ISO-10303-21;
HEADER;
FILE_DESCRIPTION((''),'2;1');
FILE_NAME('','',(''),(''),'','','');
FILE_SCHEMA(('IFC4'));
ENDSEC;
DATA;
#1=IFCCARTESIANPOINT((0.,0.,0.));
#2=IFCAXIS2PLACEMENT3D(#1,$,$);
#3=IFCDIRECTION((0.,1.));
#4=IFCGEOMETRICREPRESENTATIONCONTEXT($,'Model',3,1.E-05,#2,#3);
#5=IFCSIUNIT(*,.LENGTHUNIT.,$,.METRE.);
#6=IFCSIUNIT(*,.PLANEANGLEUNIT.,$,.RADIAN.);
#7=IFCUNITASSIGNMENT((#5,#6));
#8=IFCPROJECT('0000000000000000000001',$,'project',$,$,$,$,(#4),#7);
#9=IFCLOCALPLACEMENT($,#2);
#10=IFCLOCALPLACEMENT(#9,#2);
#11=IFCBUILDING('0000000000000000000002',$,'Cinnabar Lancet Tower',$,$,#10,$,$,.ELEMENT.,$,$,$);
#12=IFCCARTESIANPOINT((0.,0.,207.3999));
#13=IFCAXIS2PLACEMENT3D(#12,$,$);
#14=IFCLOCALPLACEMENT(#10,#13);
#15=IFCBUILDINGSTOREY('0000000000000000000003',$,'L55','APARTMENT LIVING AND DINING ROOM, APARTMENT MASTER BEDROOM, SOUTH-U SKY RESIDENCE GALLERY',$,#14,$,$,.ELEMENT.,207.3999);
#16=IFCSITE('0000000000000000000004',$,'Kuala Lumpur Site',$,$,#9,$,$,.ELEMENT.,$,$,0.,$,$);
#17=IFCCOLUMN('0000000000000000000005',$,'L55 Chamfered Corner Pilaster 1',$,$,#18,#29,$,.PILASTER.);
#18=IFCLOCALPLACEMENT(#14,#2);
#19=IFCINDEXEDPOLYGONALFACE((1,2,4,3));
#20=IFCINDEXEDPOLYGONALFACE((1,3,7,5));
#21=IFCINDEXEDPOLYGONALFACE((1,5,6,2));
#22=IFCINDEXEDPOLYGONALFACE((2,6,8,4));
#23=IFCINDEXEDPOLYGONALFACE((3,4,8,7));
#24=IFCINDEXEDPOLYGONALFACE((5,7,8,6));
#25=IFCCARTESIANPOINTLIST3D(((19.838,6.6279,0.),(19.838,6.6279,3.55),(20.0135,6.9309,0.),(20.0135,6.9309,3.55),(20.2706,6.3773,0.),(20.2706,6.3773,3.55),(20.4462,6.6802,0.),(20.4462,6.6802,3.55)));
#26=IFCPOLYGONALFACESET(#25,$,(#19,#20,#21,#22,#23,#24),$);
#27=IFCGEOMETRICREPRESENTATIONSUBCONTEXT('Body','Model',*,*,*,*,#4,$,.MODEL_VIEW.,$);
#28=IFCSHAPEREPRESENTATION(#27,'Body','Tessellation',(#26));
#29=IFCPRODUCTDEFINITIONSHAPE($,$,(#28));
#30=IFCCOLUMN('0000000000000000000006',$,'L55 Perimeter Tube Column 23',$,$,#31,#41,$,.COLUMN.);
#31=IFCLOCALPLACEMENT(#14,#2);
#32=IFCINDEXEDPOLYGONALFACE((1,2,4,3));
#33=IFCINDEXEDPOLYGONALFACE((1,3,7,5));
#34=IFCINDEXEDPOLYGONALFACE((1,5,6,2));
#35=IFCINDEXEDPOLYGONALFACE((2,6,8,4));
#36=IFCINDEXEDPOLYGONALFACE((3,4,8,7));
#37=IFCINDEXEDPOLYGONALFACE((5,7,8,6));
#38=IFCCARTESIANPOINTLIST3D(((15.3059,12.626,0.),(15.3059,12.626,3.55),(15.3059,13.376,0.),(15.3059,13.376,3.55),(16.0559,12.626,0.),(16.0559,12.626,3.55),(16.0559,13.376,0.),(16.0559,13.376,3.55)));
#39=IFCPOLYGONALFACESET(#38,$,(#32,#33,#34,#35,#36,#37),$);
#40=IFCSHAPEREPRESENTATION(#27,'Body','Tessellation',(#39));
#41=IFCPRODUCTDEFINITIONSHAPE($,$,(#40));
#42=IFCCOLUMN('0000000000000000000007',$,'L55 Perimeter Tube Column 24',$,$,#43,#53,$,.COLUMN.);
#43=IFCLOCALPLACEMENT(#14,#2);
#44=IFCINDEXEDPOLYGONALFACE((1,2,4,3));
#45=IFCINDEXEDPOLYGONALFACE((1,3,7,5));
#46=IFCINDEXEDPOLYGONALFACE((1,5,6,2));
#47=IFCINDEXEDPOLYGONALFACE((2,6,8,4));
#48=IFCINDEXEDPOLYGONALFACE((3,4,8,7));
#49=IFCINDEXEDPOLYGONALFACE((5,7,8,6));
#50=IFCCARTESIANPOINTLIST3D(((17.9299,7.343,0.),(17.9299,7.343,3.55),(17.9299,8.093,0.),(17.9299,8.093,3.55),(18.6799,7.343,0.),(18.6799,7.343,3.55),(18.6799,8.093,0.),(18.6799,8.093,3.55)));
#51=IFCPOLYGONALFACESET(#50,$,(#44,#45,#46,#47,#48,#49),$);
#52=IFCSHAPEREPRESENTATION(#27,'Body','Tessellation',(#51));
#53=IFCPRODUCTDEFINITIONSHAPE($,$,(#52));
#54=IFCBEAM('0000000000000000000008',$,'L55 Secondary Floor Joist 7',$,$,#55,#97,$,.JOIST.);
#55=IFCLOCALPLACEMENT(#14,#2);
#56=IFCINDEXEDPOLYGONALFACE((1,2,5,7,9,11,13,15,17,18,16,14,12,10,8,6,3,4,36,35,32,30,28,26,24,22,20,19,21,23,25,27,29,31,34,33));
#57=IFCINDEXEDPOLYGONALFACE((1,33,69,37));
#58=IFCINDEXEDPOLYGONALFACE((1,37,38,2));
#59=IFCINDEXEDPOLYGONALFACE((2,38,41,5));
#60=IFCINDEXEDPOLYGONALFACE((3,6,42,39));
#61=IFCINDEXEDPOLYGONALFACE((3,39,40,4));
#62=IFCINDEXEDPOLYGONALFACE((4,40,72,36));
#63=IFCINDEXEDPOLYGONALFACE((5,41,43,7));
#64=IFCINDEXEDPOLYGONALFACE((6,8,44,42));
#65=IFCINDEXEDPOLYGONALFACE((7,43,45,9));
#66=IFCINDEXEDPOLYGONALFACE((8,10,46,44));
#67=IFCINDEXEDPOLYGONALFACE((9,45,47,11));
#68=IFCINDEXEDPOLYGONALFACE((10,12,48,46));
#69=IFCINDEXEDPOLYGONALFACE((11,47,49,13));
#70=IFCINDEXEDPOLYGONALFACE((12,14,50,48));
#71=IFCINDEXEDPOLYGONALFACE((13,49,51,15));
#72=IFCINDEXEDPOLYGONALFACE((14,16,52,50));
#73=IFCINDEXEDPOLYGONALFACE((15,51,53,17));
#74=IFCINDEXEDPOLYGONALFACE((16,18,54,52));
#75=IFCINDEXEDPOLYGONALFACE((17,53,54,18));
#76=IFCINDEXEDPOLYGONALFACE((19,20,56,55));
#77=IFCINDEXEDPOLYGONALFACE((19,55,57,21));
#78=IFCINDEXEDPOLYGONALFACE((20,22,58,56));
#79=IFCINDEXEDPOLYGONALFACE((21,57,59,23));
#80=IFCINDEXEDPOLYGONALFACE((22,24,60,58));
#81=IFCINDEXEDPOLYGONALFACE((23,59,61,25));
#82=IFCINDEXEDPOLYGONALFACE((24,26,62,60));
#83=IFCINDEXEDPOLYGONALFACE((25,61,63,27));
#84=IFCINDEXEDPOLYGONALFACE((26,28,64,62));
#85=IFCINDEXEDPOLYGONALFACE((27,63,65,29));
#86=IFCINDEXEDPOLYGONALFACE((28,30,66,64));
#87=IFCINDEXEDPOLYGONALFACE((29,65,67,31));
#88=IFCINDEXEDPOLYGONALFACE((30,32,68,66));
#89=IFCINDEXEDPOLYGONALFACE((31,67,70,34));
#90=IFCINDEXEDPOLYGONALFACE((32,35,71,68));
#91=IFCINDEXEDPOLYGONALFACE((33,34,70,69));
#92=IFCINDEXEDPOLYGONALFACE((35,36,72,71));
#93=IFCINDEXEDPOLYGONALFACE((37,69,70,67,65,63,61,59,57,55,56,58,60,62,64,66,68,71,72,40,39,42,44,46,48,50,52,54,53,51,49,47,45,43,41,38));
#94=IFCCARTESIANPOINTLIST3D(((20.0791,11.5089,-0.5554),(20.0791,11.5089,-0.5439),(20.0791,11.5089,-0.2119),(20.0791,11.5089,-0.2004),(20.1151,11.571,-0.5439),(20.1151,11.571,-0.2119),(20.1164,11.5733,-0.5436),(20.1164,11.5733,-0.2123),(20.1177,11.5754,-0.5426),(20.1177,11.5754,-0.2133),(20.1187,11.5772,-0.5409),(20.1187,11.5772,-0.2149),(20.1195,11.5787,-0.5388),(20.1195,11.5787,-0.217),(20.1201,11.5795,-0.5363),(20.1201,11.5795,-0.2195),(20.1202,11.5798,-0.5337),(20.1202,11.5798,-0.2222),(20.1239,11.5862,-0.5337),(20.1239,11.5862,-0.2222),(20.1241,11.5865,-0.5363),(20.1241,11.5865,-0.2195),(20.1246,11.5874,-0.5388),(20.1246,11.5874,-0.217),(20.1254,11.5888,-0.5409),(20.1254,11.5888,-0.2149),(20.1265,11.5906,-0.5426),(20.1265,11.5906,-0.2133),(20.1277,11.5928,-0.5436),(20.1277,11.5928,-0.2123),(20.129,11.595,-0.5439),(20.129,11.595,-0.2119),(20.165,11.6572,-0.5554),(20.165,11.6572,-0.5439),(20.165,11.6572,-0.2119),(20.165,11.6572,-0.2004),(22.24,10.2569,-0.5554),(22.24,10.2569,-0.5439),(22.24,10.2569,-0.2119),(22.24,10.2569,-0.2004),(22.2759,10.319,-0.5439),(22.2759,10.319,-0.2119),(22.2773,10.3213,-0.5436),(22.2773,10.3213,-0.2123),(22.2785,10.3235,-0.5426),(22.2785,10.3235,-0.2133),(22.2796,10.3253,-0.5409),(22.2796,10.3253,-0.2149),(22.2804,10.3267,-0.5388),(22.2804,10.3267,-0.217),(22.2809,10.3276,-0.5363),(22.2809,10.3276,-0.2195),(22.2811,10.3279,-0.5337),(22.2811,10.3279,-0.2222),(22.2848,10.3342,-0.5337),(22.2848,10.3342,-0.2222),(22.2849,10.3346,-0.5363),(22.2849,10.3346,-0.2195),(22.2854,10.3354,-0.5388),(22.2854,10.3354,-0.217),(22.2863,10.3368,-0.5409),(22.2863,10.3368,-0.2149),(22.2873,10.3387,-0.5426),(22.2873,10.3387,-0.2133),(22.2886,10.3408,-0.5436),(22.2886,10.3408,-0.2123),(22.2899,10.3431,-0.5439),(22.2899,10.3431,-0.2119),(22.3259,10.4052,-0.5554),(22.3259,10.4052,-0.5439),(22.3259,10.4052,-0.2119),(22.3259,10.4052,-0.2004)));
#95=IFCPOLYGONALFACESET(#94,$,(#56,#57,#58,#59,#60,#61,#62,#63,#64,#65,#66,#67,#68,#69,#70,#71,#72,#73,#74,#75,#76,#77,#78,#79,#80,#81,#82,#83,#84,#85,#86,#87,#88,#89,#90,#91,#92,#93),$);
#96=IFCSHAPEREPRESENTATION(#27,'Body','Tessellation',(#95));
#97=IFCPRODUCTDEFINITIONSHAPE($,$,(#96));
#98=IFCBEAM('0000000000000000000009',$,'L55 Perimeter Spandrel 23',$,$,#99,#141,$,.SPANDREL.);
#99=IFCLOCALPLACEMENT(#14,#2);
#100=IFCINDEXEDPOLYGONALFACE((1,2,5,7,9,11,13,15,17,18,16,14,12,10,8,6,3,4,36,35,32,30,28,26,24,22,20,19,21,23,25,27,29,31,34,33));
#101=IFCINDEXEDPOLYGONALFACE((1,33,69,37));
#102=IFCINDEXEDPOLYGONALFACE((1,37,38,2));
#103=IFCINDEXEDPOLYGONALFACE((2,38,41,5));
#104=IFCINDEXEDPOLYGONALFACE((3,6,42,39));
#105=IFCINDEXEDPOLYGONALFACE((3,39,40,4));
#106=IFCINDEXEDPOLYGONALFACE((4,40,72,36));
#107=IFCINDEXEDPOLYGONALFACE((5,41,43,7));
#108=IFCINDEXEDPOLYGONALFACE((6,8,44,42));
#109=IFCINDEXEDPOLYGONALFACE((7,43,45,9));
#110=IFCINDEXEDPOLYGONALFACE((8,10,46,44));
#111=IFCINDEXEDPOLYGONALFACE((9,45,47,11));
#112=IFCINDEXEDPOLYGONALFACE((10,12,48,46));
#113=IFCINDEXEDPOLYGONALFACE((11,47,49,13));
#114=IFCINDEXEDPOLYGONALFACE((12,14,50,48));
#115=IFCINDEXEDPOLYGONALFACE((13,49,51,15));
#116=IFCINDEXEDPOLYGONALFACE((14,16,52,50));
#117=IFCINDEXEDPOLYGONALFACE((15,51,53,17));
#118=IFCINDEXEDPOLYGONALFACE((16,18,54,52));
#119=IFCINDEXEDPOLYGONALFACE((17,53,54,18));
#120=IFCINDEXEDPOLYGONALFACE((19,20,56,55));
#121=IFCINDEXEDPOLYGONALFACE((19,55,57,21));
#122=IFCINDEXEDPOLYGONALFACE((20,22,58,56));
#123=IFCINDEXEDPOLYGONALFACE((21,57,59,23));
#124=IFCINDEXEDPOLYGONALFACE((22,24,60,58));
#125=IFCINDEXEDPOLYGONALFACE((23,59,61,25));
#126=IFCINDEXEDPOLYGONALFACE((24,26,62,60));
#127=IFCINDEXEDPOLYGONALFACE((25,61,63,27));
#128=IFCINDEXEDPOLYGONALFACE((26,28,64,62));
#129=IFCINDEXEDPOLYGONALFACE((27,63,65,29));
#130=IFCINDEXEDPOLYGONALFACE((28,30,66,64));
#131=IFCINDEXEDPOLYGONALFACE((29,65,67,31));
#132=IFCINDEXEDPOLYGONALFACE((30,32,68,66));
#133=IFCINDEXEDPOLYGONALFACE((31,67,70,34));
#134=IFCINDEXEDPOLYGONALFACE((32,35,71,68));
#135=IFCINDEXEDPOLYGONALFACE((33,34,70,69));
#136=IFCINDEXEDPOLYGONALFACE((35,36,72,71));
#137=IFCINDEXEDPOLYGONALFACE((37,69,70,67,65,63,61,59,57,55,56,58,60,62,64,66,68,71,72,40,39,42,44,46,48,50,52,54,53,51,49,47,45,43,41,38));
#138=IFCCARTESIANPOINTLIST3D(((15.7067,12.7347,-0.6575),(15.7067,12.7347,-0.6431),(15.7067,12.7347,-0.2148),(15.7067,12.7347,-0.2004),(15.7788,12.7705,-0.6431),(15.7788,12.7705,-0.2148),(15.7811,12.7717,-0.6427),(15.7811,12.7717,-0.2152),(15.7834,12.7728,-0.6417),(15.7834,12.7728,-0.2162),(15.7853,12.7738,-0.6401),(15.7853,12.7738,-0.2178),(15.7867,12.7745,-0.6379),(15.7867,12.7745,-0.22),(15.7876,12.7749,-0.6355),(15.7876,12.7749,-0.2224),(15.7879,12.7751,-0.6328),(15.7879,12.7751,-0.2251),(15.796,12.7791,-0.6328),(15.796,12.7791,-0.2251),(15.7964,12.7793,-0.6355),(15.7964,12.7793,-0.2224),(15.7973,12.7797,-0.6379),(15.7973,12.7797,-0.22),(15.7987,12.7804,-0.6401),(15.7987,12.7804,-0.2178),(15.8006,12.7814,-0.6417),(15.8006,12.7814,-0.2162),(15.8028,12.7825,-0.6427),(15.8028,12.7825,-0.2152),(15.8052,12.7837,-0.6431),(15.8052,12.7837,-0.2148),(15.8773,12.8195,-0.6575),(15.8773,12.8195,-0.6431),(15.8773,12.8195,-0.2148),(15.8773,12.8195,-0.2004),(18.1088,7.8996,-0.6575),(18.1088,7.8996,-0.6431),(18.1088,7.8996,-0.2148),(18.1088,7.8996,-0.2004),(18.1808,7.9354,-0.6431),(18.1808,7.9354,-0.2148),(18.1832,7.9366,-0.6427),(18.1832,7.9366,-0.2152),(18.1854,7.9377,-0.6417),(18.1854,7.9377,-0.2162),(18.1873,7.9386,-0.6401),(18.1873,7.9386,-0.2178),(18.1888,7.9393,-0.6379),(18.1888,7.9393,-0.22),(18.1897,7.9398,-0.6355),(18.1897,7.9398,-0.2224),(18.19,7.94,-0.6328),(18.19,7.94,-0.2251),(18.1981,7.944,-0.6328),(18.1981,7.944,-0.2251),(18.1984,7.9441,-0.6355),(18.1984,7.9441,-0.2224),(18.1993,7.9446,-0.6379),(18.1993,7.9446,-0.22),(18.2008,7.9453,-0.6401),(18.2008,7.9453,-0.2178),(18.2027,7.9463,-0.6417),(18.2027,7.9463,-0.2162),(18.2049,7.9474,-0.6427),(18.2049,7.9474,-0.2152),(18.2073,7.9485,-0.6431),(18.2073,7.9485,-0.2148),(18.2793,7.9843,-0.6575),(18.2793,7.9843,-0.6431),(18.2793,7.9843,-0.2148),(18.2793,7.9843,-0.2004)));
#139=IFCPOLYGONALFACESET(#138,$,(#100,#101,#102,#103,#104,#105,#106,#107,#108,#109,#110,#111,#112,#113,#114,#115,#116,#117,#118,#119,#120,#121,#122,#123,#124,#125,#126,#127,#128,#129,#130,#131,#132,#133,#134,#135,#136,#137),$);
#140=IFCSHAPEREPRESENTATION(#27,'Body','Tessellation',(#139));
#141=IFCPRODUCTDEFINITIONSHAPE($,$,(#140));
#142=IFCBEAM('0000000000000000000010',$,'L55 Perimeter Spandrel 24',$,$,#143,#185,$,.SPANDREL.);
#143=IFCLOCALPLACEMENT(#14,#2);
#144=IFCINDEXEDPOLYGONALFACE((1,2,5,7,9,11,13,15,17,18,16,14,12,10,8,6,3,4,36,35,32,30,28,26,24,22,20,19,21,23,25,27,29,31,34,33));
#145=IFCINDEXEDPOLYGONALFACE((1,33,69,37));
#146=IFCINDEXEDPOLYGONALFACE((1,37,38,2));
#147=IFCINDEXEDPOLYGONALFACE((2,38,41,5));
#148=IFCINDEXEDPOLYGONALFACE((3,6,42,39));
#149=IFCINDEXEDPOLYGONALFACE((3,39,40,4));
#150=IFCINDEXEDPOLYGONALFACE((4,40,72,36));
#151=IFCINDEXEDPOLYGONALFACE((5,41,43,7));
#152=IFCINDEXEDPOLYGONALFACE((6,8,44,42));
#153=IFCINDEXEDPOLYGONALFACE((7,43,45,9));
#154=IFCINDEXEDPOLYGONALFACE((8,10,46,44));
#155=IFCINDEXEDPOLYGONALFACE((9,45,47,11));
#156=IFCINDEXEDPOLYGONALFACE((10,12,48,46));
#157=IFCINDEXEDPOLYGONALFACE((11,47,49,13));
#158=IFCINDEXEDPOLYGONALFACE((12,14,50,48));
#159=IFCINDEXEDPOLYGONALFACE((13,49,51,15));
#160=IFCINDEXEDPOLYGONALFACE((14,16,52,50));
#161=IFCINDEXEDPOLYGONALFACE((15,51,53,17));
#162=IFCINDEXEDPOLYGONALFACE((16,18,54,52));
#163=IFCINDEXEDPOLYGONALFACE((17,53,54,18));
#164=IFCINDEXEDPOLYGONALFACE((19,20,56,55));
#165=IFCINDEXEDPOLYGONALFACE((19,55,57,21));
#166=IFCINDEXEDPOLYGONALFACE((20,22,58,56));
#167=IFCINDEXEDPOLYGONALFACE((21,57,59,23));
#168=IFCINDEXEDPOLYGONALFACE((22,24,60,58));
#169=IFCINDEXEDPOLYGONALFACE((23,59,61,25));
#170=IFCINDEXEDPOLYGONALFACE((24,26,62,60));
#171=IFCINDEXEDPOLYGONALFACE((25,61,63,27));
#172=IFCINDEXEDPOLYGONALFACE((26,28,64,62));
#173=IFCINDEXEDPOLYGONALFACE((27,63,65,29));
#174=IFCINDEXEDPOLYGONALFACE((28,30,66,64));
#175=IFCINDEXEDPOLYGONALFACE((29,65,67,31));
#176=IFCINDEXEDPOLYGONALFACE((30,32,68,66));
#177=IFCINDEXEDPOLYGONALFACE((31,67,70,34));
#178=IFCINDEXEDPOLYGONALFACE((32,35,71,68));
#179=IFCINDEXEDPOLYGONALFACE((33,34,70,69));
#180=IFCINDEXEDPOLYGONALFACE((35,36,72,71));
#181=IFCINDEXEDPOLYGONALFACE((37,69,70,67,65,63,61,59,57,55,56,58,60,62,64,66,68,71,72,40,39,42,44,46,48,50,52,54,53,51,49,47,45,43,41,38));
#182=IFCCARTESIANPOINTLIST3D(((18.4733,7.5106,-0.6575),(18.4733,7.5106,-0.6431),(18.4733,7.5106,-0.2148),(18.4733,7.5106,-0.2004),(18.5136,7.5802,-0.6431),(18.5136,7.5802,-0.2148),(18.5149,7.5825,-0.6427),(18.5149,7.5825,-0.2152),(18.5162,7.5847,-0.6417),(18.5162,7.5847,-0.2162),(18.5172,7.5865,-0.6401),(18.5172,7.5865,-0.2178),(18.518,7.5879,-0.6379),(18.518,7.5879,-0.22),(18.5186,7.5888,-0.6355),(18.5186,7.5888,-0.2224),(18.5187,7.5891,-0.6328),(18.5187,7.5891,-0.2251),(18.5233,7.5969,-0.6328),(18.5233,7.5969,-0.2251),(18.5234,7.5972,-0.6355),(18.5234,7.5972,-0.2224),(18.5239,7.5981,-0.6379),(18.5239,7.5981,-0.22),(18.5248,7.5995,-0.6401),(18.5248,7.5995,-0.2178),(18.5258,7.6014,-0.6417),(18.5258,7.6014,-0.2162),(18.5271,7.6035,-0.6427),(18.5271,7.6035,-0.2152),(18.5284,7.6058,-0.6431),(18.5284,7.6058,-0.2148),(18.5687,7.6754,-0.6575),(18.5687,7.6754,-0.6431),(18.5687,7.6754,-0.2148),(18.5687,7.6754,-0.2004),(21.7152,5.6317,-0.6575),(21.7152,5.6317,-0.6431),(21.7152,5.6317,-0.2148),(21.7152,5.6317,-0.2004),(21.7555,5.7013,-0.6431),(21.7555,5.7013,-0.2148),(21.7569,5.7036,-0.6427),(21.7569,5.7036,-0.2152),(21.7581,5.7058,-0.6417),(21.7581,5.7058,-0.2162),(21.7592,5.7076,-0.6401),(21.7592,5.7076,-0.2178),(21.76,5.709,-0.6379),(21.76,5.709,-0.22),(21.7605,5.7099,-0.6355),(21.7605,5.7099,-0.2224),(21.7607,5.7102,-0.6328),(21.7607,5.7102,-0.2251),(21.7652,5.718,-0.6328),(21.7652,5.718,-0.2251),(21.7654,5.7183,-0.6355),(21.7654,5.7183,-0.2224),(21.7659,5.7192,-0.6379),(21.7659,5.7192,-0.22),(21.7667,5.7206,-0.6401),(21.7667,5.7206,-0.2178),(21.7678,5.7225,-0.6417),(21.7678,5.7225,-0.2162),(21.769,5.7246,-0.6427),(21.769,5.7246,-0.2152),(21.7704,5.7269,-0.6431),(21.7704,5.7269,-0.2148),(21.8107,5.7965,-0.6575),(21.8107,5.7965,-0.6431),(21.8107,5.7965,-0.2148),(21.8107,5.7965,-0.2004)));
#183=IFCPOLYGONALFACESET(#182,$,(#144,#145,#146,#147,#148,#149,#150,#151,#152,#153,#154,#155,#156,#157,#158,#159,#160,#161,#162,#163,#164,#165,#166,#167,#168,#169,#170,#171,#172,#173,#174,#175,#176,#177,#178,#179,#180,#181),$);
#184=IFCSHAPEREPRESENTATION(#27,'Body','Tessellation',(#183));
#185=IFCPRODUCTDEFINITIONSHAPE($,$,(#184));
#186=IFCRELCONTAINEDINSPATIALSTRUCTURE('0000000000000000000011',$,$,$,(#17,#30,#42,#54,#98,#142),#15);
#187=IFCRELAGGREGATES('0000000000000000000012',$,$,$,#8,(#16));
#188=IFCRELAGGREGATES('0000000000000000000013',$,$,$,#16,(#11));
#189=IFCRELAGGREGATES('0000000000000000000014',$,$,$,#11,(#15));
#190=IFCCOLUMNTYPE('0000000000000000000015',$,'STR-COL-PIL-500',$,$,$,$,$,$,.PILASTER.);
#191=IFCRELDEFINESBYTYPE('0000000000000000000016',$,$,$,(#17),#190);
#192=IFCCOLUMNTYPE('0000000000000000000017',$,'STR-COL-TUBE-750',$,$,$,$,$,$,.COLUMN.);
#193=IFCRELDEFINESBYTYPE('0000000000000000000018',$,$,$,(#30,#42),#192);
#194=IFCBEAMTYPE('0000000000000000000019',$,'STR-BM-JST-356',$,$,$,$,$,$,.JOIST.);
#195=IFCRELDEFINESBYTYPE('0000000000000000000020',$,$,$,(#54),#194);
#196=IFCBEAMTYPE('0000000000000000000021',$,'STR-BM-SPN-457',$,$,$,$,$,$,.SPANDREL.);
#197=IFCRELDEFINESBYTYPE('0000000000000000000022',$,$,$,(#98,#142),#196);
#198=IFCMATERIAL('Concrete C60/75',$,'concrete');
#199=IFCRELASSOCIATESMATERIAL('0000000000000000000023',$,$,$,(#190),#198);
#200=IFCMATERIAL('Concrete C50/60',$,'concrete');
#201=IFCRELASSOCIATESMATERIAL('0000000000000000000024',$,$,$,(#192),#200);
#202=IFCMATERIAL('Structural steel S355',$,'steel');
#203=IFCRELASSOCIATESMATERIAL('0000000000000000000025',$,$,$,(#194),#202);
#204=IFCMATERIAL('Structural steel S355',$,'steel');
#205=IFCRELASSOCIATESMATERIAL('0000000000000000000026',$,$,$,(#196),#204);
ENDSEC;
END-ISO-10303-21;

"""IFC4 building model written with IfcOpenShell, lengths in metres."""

from ifc_helpers import new_model, si_unit, direction, frame, origin, origin_2d, place, context, subcontext, project, spatial, rectangle, i_section, extrude, material, material_profile, profile_set, type_object, element, save


model = new_model("IFC4")

# Units and contexts
model_context = context("Model", 3, precision=1e-05, world=origin(), true_north=direction((0.0, 1.0)))
body_context = subcontext(model_context, "Body", "Model", "MODEL_VIEW")
ifc_project = project(units=[si_unit("LENGTHUNIT", "METRE"), si_unit("PLANEANGLEUNIT", "RADIAN")], contexts=[model_context])

# Site, building, storey
site_placement = place(None, origin())
site = spatial("IfcSite", under=ifc_project, at=site_placement, Name="Kuala Lumpur Site", CompositionType="ELEMENT", RefElevation=0.0)
building_placement = place(site_placement, origin())
building = spatial("IfcBuilding", under=site, at=building_placement, Name="Cinnabar Lancet Tower", CompositionType="ELEMENT")
storey_placement = place(building_placement, frame((0.0, 0.0, 207.3999)))
storey = spatial("IfcBuildingStorey", under=building, at=storey_placement, Name="L55", Description="APARTMENT LIVING AND DINING ROOM, APARTMENT MASTER BEDROOM, SOUTH-U SKY RESIDENCE GALLERY", CompositionType="ELEMENT", Elevation=207.3999)

# Columns
ifc_material_1 = material(Name="Concrete C60/75", Category="concrete")
ifc_material_profile_1 = material_profile(ifc_material_1, rectangle(XDim=0.5, YDim=0.3501, at=origin_2d()), Name="RC-PIL 500x350")
ifc_profile_set_1 = profile_set([ifc_material_profile_1], Name="Concrete C60/75")
column_type_1 = type_object("IfcColumnType", Name="STR-COL-PIL-500", PredefinedType="PILASTER", material=ifc_profile_set_1)
column_placement = place(storey_placement, frame((20.1421, 6.6541, 0.0), z_axis=(0.0, 0.0, 1.0), x_axis=(0.86523, -0.501375, 0.0)))
element("IfcColumn", 1, at=column_placement, inside=storey, type_object=column_type_1, Name="L55 Chamfered Corner Pilaster 1", PredefinedType="PILASTER", context=body_context, shape_type="SweptSolid", body=[
    extrude(rectangle(XDim=0.5, YDim=0.3501, at=origin_2d()), origin(), (0.0, 0.0, 1.0), 3.55),
])
ifc_material_2 = material(Name="Concrete C50/60", Category="concrete")
ifc_material_profile_2 = material_profile(ifc_material_2, rectangle(XDim=0.75, YDim=0.75, at=origin_2d()), Name="RC-COL 750x750")
ifc_profile_set_2 = profile_set([ifc_material_profile_2], Name="Concrete C50/60")
column_type_2 = type_object("IfcColumnType", Name="STR-COL-TUBE-750", PredefinedType="COLUMN", material=ifc_profile_set_2)
for number, where, z_axis, x_axis, name in (
    (2, (15.6809, 13.001, 0.0), (0.0, 0.0, 1.0), (1.0, 0.0, 0.0), "L55 Perimeter Tube Column 23"),
    (3, (18.3049, 7.718, 0.0), (0.0, 0.0, 1.0), (1.0, 0.0, 0.0), "L55 Perimeter Tube Column 24"),
):
    element("IfcColumn", number, at=place(storey_placement, frame(where, z_axis=z_axis, x_axis=x_axis)), inside=storey, type_object=column_type_2, Name=name, PredefinedType="COLUMN", context=body_context, shape_type="SweptSolid", body=[
        extrude(rectangle(XDim=0.75, YDim=0.75, at=origin_2d()), origin(), (0.0, 0.0, 1.0), 3.55),
    ])

# Beams
ifc_material_3 = material(Name="Structural steel S355", Category="steel")
ifc_material_profile_3 = material_profile(ifc_material_3, i_section(OverallWidth=0.1714, OverallDepth=0.355, WebThickness=0.0073, FlangeThickness=0.0115, FilletRadius=0.0103, at=origin_2d()), Name="UKB 356x171x51")
ifc_profile_set_3 = profile_set([ifc_material_profile_3], Name="Structural steel S355")
beam_type_1 = type_object("IfcBeamType", Name="STR-BM-JST-356", PredefinedType="JOIST", material=ifc_profile_set_3)
beam_1_placement = place(storey_placement, frame((20.1221, 11.583, -0.3779), z_axis=(0.865268, -0.50131, 0.0), x_axis=(0.50131, 0.865268, 0.0)))
element("IfcBeam", 4, at=beam_1_placement, inside=storey, type_object=beam_type_1, Name="L55 Secondary Floor Joist 7", PredefinedType="JOIST", context=body_context, shape_type="SweptSolid", body=[
    extrude(i_section(OverallWidth=0.1714, OverallDepth=0.355, WebThickness=0.0073, FlangeThickness=0.0115, FilletRadius=0.0103, at=origin_2d()), origin(), (0.0, 0.0, 1.0), 2.4973),
])
ifc_material_4 = material(Name="Structural steel S355", Category="steel")
ifc_material_profile_4 = material_profile(ifc_material_4, i_section(OverallWidth=0.1904, OverallDepth=0.457, WebThickness=0.009, FlangeThickness=0.0144, FilletRadius=0.0103, at=origin_2d()), Name="UKB 457x191x74")
ifc_profile_set_4 = profile_set([ifc_material_profile_4], Name="Structural steel S355")
beam_type_2 = type_object("IfcBeamType", Name="STR-BM-SPN-457", PredefinedType="SPANDREL", material=ifc_profile_set_4)
beam_2_placement = place(storey_placement, frame((15.792, 12.7771, -0.429), z_axis=(0.444915, -0.895573, 0.0), x_axis=(0.895573, 0.444915, 0.0)))
element("IfcBeam", 5, at=beam_2_placement, inside=storey, type_object=beam_type_2, Name="L55 Perimeter Spandrel 23", PredefinedType="SPANDREL", context=body_context, shape_type="SweptSolid", body=[
    extrude(i_section(OverallWidth=0.1904, OverallDepth=0.457, WebThickness=0.009, FlangeThickness=0.0144, FilletRadius=0.0103, at=origin_2d()), origin(), (0.0, 0.0, 1.0), 5.3989),
])
beam_3_placement = place(storey_placement, frame((18.521, 7.593, -0.429), z_axis=(0.865196, -0.501434, 0.0), x_axis=(0.501434, 0.865196, 0.0)))
element("IfcBeam", 6, at=beam_3_placement, inside=storey, type_object=beam_type_2, Name="L55 Perimeter Spandrel 24", PredefinedType="SPANDREL", context=body_context, shape_type="SweptSolid", body=[
    extrude(i_section(OverallWidth=0.1904, OverallDepth=0.457, WebThickness=0.009, FlangeThickness=0.0144, FilletRadius=0.0103, at=origin_2d()), origin(), (0.0, 0.0, 1.0), 3.7471),
])

save(model, "model.ifc")
